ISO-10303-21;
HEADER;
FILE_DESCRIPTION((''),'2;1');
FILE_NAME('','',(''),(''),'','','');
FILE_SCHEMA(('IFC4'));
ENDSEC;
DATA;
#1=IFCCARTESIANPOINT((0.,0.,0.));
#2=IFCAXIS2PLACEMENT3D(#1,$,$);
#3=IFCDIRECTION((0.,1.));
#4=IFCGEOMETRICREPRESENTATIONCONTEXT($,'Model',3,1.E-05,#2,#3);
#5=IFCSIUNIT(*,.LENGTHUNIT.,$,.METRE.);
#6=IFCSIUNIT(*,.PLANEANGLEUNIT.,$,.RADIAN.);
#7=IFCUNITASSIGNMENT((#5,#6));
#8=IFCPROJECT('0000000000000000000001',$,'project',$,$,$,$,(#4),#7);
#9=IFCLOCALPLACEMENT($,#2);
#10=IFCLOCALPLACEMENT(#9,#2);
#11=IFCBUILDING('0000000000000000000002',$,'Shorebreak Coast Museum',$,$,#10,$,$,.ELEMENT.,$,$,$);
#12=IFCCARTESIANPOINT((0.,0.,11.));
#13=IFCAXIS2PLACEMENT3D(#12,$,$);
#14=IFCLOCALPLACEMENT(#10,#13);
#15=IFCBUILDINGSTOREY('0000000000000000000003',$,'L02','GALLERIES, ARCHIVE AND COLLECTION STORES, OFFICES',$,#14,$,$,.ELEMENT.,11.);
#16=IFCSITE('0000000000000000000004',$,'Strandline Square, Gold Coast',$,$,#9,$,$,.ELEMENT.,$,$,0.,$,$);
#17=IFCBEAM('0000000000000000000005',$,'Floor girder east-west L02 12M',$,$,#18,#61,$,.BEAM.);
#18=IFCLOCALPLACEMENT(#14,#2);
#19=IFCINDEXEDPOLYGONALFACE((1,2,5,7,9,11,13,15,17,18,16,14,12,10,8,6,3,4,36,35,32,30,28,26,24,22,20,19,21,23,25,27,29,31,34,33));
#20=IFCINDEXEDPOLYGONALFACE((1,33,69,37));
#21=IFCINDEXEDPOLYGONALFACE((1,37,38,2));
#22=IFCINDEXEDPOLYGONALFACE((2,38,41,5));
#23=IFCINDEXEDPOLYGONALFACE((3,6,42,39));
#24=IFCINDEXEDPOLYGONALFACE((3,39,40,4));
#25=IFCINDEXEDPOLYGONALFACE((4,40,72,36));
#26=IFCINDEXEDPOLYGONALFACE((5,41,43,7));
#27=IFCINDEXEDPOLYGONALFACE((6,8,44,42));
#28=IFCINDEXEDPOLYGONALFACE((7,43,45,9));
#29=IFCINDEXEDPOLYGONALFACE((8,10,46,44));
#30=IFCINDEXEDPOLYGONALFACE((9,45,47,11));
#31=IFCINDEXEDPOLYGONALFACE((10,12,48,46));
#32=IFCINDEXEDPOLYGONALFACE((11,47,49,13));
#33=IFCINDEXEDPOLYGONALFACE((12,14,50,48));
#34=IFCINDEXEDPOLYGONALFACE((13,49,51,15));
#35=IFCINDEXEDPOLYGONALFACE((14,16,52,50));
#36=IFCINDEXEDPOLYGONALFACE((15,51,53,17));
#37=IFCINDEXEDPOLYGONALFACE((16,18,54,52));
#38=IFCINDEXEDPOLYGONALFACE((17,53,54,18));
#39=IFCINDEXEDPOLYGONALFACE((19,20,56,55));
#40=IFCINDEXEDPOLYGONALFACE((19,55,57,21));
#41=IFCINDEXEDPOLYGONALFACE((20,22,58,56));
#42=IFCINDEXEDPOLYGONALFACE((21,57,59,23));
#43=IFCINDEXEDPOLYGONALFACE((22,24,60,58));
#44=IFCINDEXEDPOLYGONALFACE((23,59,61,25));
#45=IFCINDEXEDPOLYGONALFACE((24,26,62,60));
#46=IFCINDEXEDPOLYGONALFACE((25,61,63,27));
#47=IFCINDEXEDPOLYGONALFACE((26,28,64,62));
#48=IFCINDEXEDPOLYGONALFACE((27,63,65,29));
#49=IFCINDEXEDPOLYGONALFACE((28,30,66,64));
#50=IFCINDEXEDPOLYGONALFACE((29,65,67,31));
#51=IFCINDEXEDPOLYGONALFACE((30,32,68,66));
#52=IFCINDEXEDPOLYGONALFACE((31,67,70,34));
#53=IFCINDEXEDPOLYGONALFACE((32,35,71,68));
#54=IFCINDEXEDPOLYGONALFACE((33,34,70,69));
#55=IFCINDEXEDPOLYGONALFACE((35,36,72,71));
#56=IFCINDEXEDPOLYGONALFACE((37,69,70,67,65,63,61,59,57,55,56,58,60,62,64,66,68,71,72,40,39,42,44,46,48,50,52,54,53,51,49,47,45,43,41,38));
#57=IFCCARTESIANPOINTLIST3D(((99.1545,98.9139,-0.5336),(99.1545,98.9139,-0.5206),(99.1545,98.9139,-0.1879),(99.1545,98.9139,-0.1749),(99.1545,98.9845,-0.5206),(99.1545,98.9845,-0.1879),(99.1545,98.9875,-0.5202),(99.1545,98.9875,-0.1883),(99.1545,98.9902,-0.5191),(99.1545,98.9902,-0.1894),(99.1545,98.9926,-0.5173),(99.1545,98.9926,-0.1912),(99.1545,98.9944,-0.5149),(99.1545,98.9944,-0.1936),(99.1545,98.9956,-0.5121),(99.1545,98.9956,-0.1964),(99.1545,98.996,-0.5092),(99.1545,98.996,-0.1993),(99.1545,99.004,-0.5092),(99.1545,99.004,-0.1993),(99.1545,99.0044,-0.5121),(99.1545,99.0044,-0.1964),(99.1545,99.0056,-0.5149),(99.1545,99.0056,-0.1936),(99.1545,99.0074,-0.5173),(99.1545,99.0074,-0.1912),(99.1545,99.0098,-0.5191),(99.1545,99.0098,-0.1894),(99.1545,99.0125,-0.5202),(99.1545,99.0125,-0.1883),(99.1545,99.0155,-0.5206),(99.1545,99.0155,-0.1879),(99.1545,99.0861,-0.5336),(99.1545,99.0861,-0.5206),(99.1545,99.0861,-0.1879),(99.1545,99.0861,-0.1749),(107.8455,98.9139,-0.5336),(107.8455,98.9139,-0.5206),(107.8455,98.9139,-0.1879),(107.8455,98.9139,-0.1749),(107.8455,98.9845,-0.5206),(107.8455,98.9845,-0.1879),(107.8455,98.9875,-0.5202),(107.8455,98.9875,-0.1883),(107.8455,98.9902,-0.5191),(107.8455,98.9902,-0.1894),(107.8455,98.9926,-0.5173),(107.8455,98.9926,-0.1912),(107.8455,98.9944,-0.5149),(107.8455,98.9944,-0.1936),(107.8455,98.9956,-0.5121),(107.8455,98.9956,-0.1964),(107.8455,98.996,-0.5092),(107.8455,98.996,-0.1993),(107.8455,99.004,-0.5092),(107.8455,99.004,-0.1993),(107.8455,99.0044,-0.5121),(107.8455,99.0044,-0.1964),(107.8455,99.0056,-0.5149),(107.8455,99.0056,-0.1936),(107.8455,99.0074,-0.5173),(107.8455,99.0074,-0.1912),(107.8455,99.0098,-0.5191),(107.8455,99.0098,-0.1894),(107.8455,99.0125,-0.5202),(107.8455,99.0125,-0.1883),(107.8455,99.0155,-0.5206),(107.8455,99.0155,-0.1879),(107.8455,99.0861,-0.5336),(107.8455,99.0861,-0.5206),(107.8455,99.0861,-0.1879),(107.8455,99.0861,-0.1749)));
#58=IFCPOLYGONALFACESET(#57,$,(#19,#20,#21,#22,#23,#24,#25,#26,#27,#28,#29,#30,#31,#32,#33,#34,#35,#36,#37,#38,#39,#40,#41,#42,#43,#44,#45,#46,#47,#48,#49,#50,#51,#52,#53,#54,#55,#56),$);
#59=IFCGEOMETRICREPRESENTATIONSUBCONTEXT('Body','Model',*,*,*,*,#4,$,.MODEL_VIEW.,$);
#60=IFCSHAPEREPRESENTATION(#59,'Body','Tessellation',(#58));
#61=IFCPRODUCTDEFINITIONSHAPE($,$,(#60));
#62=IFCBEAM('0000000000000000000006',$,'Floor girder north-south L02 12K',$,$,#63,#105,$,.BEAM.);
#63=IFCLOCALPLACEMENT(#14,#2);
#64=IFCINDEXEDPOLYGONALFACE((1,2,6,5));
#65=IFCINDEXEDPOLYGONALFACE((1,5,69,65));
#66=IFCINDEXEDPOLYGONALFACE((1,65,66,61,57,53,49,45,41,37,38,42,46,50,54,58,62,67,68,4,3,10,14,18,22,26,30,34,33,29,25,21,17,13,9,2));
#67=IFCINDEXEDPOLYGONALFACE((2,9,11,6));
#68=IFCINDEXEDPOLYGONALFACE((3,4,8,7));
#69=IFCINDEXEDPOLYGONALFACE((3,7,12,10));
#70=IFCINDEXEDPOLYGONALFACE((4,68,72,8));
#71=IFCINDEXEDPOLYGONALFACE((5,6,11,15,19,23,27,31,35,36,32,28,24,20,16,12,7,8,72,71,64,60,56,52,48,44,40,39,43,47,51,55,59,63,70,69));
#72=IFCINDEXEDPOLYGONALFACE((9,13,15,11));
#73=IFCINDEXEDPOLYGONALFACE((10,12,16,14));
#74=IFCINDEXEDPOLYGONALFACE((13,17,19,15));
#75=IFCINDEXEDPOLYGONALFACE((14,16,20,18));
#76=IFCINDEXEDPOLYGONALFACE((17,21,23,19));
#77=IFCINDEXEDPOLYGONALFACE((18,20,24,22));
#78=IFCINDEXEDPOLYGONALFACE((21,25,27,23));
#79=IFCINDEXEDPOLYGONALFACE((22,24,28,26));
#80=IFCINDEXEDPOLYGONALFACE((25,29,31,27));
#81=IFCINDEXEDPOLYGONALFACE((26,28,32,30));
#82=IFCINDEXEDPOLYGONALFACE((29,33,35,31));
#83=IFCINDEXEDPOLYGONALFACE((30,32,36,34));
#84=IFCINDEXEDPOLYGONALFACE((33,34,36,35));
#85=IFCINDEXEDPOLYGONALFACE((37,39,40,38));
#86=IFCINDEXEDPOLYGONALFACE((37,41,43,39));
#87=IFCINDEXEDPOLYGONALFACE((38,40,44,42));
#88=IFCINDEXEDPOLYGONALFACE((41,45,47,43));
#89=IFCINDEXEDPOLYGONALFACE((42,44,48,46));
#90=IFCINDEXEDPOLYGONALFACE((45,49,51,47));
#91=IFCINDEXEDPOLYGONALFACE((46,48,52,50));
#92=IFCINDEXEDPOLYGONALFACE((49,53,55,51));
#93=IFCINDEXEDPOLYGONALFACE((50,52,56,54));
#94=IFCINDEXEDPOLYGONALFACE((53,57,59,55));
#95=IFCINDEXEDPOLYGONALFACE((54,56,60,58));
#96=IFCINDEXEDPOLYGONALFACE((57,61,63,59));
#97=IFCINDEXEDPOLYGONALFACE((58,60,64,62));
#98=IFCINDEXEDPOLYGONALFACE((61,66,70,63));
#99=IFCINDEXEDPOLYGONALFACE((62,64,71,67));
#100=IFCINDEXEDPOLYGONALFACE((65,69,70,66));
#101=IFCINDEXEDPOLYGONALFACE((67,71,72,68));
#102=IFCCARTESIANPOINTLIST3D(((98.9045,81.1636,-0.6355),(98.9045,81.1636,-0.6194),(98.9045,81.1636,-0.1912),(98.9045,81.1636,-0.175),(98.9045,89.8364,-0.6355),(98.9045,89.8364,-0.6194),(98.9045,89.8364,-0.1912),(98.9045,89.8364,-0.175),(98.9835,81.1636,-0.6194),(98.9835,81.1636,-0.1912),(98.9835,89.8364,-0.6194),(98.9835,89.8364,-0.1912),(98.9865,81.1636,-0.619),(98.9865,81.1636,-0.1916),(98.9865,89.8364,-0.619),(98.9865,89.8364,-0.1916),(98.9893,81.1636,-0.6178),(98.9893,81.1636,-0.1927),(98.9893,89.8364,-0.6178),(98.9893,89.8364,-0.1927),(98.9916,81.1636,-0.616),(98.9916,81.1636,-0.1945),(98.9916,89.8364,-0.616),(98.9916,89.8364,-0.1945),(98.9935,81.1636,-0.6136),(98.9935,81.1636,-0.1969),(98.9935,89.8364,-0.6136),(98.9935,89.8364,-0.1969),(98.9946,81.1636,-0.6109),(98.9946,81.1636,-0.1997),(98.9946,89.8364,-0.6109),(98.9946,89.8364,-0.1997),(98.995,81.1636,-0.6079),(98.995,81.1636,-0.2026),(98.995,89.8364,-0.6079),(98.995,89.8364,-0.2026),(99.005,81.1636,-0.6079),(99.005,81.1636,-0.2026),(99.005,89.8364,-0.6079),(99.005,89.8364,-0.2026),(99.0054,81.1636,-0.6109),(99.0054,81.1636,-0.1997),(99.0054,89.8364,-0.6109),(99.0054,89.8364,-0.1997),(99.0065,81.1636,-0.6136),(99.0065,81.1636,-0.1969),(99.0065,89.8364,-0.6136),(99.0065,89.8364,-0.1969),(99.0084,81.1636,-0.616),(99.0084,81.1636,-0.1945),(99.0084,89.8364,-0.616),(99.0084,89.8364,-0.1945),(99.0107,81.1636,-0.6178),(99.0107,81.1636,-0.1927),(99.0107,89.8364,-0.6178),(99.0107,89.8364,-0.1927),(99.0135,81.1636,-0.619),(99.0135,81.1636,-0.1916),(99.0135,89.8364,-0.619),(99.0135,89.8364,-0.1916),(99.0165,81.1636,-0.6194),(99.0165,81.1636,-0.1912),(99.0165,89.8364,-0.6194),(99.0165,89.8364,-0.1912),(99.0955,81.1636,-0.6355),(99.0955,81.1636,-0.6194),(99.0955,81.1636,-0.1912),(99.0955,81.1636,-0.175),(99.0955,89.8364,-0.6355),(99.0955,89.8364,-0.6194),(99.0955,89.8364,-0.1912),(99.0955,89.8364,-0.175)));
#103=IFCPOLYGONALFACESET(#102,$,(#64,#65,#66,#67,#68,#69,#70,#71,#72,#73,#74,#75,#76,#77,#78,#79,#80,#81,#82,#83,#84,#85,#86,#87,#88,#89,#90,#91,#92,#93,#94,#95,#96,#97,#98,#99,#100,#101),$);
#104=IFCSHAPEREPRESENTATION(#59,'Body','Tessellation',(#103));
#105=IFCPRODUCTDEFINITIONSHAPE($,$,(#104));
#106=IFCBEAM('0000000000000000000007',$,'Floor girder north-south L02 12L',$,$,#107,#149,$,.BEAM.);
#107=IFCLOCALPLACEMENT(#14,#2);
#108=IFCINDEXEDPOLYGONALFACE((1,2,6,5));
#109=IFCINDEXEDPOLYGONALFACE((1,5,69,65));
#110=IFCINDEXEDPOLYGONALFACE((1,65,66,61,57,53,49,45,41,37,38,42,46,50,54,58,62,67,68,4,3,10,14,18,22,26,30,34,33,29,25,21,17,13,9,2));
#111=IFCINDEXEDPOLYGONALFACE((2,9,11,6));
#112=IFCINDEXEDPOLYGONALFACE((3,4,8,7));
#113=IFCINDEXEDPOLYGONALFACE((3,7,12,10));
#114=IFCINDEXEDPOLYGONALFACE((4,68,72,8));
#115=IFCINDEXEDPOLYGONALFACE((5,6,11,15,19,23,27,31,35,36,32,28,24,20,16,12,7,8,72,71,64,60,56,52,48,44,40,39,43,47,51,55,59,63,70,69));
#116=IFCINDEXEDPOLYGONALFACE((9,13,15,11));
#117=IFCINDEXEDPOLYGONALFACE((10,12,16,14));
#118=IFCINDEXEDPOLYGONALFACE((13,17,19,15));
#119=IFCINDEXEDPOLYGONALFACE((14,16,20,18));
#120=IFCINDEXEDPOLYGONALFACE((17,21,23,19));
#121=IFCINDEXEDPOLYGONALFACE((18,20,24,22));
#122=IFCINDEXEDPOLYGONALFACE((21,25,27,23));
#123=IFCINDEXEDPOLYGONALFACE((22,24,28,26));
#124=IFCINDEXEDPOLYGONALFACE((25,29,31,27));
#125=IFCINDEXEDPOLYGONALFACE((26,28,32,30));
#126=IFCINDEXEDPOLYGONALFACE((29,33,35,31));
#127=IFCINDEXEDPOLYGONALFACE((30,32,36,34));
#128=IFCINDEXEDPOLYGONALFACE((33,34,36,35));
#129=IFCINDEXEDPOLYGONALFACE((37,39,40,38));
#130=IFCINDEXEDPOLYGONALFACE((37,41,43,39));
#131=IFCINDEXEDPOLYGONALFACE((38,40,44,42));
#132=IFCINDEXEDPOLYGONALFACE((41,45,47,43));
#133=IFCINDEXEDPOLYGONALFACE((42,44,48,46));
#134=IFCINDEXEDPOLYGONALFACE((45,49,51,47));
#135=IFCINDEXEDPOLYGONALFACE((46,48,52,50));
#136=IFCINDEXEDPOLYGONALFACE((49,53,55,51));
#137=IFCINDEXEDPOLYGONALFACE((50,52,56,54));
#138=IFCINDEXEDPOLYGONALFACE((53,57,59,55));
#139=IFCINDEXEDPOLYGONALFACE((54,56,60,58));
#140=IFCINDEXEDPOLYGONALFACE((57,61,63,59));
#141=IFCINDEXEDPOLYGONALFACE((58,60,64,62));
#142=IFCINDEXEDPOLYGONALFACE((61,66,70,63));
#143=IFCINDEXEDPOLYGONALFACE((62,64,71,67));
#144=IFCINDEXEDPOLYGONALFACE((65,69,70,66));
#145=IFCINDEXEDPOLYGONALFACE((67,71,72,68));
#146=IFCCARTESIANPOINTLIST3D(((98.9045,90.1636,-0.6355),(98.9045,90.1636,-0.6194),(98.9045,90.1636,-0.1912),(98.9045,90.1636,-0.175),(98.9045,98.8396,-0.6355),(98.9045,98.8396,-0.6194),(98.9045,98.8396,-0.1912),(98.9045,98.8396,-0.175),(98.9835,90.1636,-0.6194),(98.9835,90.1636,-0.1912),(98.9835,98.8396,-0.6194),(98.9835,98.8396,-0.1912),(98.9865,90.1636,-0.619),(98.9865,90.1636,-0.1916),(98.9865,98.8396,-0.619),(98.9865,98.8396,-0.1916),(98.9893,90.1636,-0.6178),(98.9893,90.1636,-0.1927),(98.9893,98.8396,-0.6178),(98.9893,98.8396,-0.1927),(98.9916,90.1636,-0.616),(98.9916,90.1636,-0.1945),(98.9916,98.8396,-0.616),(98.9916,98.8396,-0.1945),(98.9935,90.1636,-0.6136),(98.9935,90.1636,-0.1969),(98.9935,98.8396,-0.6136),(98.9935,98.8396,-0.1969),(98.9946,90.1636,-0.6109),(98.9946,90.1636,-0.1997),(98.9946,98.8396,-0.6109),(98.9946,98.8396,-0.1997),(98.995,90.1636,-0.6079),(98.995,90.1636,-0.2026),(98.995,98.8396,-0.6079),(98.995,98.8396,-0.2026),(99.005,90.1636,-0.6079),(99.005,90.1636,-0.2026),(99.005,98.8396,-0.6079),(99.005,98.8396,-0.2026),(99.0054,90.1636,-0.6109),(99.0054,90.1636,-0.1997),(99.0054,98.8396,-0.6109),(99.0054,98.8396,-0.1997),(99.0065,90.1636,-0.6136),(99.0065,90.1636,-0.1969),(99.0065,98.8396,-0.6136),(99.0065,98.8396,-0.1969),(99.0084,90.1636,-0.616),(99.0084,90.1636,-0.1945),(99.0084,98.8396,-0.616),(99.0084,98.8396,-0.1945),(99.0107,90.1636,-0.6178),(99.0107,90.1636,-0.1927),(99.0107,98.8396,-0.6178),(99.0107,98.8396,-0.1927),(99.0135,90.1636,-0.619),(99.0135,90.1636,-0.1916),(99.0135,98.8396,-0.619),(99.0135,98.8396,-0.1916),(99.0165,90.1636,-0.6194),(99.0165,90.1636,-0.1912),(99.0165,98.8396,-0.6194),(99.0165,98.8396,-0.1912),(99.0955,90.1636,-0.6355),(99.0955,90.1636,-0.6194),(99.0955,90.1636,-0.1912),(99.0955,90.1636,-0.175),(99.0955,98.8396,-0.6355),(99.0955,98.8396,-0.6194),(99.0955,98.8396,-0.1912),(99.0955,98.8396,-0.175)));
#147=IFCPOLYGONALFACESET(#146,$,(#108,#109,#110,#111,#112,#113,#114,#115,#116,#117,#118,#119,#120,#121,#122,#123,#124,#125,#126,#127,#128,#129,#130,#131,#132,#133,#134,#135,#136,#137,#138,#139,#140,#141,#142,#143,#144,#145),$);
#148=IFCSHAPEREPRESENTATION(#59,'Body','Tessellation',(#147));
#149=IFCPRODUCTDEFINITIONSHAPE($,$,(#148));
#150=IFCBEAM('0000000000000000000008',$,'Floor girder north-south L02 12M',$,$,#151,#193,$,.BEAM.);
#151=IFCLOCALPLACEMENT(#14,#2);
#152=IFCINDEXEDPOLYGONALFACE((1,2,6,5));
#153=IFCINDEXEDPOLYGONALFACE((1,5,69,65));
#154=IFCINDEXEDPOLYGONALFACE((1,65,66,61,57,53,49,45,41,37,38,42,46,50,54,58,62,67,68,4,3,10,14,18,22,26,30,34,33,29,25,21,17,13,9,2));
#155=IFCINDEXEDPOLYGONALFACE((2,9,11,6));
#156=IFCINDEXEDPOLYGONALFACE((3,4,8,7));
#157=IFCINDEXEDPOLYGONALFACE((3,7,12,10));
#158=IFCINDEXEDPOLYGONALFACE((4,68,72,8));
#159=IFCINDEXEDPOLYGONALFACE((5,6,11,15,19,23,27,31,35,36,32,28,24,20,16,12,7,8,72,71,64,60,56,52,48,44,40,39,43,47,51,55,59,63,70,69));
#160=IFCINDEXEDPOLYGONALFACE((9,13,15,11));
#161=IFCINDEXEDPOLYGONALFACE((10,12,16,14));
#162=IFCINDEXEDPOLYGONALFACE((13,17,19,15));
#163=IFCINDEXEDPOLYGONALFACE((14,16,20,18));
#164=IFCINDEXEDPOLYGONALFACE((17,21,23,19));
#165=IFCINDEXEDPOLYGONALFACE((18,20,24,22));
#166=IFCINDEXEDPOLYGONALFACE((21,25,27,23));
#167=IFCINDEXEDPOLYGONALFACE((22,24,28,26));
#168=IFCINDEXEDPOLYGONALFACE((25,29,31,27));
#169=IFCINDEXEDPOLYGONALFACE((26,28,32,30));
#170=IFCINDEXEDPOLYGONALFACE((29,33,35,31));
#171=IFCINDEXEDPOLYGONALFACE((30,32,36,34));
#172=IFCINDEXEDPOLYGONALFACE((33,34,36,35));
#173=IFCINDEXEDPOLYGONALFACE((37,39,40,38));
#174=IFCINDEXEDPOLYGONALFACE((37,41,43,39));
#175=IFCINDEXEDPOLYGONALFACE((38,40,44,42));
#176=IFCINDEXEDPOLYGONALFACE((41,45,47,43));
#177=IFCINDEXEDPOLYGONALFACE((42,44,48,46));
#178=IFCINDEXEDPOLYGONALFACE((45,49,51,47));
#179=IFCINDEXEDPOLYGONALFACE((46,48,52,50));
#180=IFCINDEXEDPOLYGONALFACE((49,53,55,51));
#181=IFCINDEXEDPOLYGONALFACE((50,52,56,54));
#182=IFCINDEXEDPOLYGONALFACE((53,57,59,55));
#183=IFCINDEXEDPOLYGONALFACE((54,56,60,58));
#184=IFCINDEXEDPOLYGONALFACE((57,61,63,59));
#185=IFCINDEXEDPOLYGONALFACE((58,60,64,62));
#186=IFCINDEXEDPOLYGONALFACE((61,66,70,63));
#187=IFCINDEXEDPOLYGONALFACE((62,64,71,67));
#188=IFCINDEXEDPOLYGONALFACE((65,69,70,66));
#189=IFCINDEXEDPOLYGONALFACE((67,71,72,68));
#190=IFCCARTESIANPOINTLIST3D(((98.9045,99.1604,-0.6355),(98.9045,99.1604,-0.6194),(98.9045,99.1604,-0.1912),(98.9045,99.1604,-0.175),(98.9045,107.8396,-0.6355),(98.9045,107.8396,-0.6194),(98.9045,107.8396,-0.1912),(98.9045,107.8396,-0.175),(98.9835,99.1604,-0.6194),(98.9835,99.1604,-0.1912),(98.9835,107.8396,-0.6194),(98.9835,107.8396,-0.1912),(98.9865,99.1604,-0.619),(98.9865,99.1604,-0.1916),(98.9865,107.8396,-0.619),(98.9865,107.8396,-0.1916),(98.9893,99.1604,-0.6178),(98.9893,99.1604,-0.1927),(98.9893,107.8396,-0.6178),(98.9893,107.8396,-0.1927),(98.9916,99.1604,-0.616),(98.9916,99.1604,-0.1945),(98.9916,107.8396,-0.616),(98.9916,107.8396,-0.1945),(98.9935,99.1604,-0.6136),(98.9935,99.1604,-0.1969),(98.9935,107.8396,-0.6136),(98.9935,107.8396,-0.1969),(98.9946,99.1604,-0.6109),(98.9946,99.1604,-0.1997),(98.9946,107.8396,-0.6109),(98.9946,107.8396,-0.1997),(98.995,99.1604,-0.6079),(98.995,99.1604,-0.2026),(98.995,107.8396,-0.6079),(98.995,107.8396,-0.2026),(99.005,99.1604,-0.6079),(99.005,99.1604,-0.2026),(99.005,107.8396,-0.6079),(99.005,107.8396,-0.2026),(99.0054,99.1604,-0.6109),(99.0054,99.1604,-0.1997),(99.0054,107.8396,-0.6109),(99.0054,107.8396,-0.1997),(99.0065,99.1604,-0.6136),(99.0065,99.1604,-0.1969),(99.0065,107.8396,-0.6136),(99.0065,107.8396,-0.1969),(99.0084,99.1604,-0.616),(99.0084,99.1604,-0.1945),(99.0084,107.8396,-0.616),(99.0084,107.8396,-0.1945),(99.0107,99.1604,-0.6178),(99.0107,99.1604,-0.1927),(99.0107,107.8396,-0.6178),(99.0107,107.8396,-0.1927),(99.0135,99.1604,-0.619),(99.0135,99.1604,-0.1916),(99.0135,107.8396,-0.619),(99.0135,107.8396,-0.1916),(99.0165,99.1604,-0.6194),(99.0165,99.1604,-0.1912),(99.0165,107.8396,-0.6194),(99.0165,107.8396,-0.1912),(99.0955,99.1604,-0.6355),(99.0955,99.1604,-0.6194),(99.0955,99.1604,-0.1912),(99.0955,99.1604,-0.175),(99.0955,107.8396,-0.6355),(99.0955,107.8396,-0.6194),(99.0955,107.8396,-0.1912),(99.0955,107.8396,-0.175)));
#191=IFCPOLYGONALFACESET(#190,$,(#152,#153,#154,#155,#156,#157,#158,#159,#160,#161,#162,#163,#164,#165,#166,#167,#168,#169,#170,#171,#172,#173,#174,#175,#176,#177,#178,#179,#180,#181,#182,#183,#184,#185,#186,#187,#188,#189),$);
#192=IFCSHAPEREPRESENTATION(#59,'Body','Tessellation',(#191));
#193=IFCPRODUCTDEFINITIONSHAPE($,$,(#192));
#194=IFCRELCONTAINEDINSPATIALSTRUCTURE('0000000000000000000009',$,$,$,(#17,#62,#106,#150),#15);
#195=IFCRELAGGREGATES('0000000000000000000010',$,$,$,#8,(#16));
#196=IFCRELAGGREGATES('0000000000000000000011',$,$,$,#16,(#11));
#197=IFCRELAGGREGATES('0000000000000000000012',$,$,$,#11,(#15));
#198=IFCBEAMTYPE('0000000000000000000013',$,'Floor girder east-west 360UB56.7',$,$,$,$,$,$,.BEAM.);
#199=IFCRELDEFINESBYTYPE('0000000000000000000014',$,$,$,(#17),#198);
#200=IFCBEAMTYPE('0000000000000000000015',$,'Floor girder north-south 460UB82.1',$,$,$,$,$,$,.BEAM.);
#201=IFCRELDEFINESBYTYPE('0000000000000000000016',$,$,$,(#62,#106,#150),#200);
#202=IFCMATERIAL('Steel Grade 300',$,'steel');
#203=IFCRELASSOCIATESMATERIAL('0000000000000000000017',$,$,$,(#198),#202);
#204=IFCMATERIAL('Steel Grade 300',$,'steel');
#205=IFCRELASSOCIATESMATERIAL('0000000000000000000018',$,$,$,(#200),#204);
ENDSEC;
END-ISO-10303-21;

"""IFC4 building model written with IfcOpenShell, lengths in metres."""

from ifc_helpers import new_model, si_unit, direction, frame, origin, origin_2d, place, context, subcontext, project, spatial, i_section, extrude, material, material_profile, profile_set, type_object, element, save


model = new_model("IFC4")

# Units and contexts
model_context = context("Model", 3, precision=1e-05, world=origin(), true_north=direction((0.0, 1.0)))
body_context = subcontext(model_context, "Body", "Model", "MODEL_VIEW")
ifc_project = project(units=[si_unit("LENGTHUNIT", "METRE"), si_unit("PLANEANGLEUNIT", "RADIAN")], contexts=[model_context])

# Site, building, storey
site_placement = place(None, origin())
site = spatial("IfcSite", under=ifc_project, at=site_placement, Name="Strandline Square, Gold Coast", CompositionType="ELEMENT", RefElevation=0.0)
building_placement = place(site_placement, origin())
building = spatial("IfcBuilding", under=site, at=building_placement, Name="Shorebreak Coast Museum", CompositionType="ELEMENT")
storey_placement = place(building_placement, frame((0.0, 0.0, 11.0)))
storey = spatial("IfcBuildingStorey", under=building, at=storey_placement, Name="L02", Description="GALLERIES, ARCHIVE AND COLLECTION STORES, OFFICES", CompositionType="ELEMENT", Elevation=11.0)

# Beams
ifc_material_1 = material(Name="Steel Grade 300", Category="steel")
ifc_material_profile_1 = material_profile(ifc_material_1, i_section(OverallWidth=0.1721, OverallDepth=0.3586, WebThickness=0.0081, FlangeThickness=0.0129, FilletRadius=0.0115, at=origin_2d()), Name="360UB56.7")
ifc_profile_set_1 = profile_set([ifc_material_profile_1], Name="Steel Grade 300")
beam_type_1 = type_object("IfcBeamType", Name="Floor girder east-west 360UB56.7", PredefinedType="BEAM", material=ifc_profile_set_1)
for number, where, z_axis, x_axis, name in (
    (1, (99.1545, 99.0, -0.3542), (1.0, 0.0, 0.0), (0.0, 1.0, 0.0), "Floor girder east-west L02 12M"),
):
    element("IfcBeam", number, at=place(storey_placement, frame(where, z_axis=z_axis, x_axis=x_axis)), inside=storey, type_object=beam_type_1, Name=name, PredefinedType="BEAM", context=body_context, shape_type="SweptSolid", body=[
        extrude(i_section(OverallWidth=0.1721, OverallDepth=0.3586, WebThickness=0.0081, FlangeThickness=0.0129, FilletRadius=0.0115, at=origin_2d()), origin(), (0.0, 0.0, 1.0), 8.6909),
    ])
ifc_material_2 = material(Name="Steel Grade 300", Category="steel")
ifc_material_profile_2 = material_profile(ifc_material_2, i_section(OverallWidth=0.1909, OverallDepth=0.4604, WebThickness=0.01, FlangeThickness=0.0161, FilletRadius=0.0115, at=origin_2d()), Name="460UB82.1")
ifc_profile_set_2 = profile_set([ifc_material_profile_2], Name="Steel Grade 300")
beam_type_2 = type_object("IfcBeamType", Name="Floor girder north-south 460UB82.1", PredefinedType="BEAM", material=ifc_profile_set_2)
beam_1_placement = place(storey_placement, frame((99.0, 81.1636, -0.4053), z_axis=(0.0, 1.0, 0.0), x_axis=(-1.0, 0.0, 0.0)))
element("IfcBeam", 2, at=beam_1_placement, inside=storey, type_object=beam_type_2, Name="Floor girder north-south L02 12K", PredefinedType="BEAM", context=body_context, shape_type="SweptSolid", body=[
    extrude(i_section(OverallWidth=0.1909, OverallDepth=0.4604, WebThickness=0.01, FlangeThickness=0.0161, FilletRadius=0.0115, at=origin_2d()), origin(), (0.0, 0.0, 1.0), 8.6729),
])
beam_2_placement = place(storey_placement, frame((99.0, 90.1636, -0.4053), z_axis=(0.0, 1.0, 0.0), x_axis=(-1.0, 0.0, 0.0)))
element("IfcBeam", 3, at=beam_2_placement, inside=storey, type_object=beam_type_2, Name="Floor girder north-south L02 12L", PredefinedType="BEAM", context=body_context, shape_type="SweptSolid", body=[
    extrude(i_section(OverallWidth=0.1909, OverallDepth=0.4604, WebThickness=0.01, FlangeThickness=0.0161, FilletRadius=0.0115, at=origin_2d()), origin(), (0.0, 0.0, 1.0), 8.676),
])
beam_3_placement = place(storey_placement, frame((99.0, 99.1604, -0.4053), z_axis=(0.0, 1.0, 0.0), x_axis=(-1.0, 0.0, 0.0)))
element("IfcBeam", 4, at=beam_3_placement, inside=storey, type_object=beam_type_2, Name="Floor girder north-south L02 12M", PredefinedType="BEAM", context=body_context, shape_type="SweptSolid", body=[
    extrude(i_section(OverallWidth=0.1909, OverallDepth=0.4604, WebThickness=0.01, FlangeThickness=0.0161, FilletRadius=0.0115, at=origin_2d()), origin(), (0.0, 0.0, 1.0), 8.6792),
])

save(model, "model.ifc")
